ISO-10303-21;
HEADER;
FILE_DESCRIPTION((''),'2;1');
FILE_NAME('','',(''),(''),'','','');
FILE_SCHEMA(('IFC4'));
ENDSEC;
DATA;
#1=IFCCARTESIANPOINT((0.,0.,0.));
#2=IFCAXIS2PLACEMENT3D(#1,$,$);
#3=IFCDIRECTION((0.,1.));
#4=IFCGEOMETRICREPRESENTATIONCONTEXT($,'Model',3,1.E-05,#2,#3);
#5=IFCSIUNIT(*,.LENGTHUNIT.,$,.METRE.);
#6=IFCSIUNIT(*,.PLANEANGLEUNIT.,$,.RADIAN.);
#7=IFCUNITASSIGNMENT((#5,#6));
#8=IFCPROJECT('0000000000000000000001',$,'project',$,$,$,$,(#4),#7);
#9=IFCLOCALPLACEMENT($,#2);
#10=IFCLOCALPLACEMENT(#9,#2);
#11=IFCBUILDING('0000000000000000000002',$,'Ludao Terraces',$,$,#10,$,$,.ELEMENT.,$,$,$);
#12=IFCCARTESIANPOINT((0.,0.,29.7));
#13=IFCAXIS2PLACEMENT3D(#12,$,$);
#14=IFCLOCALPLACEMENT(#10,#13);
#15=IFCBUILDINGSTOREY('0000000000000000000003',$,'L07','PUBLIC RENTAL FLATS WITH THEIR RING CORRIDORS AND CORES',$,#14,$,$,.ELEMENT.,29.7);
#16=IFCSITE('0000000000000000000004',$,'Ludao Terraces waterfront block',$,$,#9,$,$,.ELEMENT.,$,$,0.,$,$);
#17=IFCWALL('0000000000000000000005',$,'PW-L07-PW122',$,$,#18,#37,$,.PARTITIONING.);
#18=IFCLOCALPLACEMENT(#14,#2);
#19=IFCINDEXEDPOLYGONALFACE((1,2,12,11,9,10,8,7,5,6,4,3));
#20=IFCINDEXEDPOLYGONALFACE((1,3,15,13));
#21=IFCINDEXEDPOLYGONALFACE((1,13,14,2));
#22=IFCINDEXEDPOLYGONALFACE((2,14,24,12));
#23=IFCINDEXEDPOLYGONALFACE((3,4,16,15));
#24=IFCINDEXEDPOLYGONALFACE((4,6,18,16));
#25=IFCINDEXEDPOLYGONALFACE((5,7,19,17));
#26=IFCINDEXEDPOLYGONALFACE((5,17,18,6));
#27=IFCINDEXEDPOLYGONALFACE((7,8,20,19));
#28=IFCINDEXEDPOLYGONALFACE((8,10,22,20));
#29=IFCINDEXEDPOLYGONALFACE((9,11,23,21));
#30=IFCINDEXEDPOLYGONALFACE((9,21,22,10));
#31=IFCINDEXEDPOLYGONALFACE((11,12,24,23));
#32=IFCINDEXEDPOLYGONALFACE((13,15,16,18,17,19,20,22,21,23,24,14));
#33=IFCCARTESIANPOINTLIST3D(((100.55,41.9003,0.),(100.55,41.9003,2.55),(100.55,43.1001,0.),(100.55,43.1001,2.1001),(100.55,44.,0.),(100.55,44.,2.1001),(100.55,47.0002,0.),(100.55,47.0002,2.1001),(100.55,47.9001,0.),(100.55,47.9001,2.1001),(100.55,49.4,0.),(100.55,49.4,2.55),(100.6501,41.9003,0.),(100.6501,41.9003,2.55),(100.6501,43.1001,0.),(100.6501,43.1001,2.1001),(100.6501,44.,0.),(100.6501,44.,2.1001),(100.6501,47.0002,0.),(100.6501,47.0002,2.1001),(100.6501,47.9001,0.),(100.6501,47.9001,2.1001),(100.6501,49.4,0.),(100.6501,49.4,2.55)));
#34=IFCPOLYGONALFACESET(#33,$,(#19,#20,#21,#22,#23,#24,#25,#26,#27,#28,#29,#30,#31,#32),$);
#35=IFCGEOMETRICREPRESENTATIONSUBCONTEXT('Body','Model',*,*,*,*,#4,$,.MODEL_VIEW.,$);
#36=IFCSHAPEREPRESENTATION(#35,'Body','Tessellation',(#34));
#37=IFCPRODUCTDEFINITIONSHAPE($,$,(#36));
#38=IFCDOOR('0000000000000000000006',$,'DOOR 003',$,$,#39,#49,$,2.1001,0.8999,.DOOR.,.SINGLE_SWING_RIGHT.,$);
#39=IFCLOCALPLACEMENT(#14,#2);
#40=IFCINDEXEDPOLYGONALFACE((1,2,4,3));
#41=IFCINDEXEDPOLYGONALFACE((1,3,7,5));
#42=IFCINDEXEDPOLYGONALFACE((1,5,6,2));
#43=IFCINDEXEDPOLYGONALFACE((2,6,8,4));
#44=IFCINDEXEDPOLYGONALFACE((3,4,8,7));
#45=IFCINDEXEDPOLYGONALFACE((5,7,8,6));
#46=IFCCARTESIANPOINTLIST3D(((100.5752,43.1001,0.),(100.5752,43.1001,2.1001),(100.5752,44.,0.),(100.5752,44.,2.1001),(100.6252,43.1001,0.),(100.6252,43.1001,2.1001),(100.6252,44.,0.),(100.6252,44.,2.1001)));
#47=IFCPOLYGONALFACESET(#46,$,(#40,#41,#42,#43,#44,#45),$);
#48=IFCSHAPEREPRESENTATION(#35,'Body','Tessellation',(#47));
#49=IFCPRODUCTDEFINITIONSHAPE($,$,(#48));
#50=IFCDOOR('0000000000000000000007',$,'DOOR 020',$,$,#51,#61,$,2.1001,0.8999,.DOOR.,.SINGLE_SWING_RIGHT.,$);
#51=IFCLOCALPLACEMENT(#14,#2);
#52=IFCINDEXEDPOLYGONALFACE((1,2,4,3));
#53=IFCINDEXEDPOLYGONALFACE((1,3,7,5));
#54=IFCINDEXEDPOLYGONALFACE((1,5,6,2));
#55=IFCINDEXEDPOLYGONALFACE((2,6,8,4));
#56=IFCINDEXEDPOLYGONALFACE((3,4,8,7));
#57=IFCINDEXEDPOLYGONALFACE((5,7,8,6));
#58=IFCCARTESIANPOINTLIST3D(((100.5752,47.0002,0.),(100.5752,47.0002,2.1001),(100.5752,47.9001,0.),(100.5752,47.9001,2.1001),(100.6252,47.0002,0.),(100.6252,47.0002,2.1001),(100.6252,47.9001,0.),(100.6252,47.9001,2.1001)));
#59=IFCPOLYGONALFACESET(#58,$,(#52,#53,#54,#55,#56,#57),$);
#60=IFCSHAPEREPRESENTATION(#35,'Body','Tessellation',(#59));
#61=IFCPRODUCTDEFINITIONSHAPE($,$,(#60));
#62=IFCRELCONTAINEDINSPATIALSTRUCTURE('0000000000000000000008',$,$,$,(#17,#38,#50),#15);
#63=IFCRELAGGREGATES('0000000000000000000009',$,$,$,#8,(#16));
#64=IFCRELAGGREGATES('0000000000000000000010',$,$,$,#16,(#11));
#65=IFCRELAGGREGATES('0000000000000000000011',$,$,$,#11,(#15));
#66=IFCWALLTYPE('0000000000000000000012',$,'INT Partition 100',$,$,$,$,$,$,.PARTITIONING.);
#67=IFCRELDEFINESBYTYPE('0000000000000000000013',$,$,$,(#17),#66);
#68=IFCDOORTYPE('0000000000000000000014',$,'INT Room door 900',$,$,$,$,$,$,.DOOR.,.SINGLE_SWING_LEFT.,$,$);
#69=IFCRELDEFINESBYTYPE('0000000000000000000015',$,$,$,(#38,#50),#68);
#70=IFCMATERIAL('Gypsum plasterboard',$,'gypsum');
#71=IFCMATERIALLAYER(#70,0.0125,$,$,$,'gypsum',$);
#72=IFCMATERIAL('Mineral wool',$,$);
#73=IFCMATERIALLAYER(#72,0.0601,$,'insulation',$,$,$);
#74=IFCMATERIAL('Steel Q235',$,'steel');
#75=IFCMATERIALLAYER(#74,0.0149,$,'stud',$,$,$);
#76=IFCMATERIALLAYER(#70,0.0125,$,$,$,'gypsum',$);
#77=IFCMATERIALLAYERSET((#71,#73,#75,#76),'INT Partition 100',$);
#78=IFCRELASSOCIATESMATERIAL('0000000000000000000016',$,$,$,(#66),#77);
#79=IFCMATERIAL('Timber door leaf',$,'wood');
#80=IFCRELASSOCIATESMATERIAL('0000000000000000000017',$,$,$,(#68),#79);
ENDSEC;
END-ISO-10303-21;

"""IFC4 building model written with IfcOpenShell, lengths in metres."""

from ifc_helpers import new_model, si_unit, direction, frame, frame_2d, origin, place, context, subcontext, project, spatial, rectangle, extrude, material, layer, layer_set, type_object, element, fill, save


model = new_model("IFC4")

# Units and contexts
model_context = context("Model", 3, precision=1e-05, world=origin(), true_north=direction((0.0, 1.0)))
body_context = subcontext(model_context, "Body", "Model", "MODEL_VIEW")
ifc_project = project(units=[si_unit("LENGTHUNIT", "METRE"), si_unit("PLANEANGLEUNIT", "RADIAN")], contexts=[model_context])

# Site, building, storey
site_placement = place(None, origin())
site = spatial("IfcSite", under=ifc_project, at=site_placement, Name="Ludao Terraces waterfront block", CompositionType="ELEMENT", RefElevation=0.0)
building_placement = place(site_placement, origin())
building = spatial("IfcBuilding", under=site, at=building_placement, Name="Ludao Terraces", CompositionType="ELEMENT")
storey_placement = place(building_placement, frame((0.0, 0.0, 29.7)))
storey = spatial("IfcBuildingStorey", under=building, at=storey_placement, Name="L07", Description="PUBLIC RENTAL FLATS WITH THEIR RING CORRIDORS AND CORES", CompositionType="ELEMENT", Elevation=29.7)

# Shared definitions
ifc_material_1 = material(Name="Gypsum plasterboard", Category="gypsum")
ifc_layer_1 = layer(ifc_material_1, 0.0125, Category="gypsum")
ifc_material_2 = material(Name="Mineral wool")
ifc_layer_2 = layer(ifc_material_2, 0.0601, Name="insulation")
ifc_material_3 = material(Name="Steel Q235", Category="steel")
ifc_layer_3 = layer(ifc_material_3, 0.0149, Name="stud")
ifc_layer_4 = layer(ifc_material_1, 0.0125, Category="gypsum")
ifc_layer_set = layer_set([ifc_layer_1, ifc_layer_2, ifc_layer_3, ifc_layer_4], Name="INT Partition 100")
wall_type = type_object("IfcWallType", Name="INT Partition 100", PredefinedType="PARTITIONING", material=ifc_layer_set)

# Wall, openings, doors
ifc_material_4 = material(Name="Timber door leaf", Category="wood")
wall_1_placement = place(storey_placement, frame((100.6001, 41.9001, 0.0), z_axis=(0.0, 0.0, 1.0), x_axis=(0.0, 1.0, 0.0)))
wall_1 = element("IfcWall", 1, at=wall_1_placement, inside=storey, type_object=wall_type, Name="PW-L07-PW122", PredefinedType="PARTITIONING", context=body_context, shape_type="SweptSolid", body=[
    extrude(rectangle(XDim=7.4998, YDim=0.1001, at=frame_2d((3.75, 0.0))), origin(), (0.0, 0.0, 1.0), 2.55),
])
opening_1_placement = place(wall_1_placement, frame((1.2, 0.0, 0.0)))
opening_1 = element("IfcOpeningElement", 2, at=opening_1_placement, cuts=wall_1, PredefinedType="OPENING", context=body_context, shape_type="SweptSolid", body=[
    extrude(rectangle(XDim=0.8999, YDim=2.1001, at=frame_2d((0.45, 1.05))), frame((0.0, 0.0601, 0.0), z_axis=(0.0, -1.0, 0.0), x_axis=(1.0, 0.0, 0.0)), (0.0, 0.0, 1.0), 0.1201),
])
opening_2_placement = place(wall_1_placement, frame((5.1001, 0.0, 0.0)))
opening_2 = element("IfcOpeningElement", 3, at=opening_2_placement, cuts=wall_1, PredefinedType="OPENING", context=body_context, shape_type="SweptSolid", body=[
    extrude(rectangle(XDim=0.8999, YDim=2.1001, at=frame_2d((0.45, 1.05))), frame((0.0, 0.0601, 0.0), z_axis=(0.0, -1.0, 0.0), x_axis=(1.0, 0.0, 0.0)), (0.0, 0.0, 1.0), 0.1201),
])
door_type_1 = type_object("IfcDoorType", Name="INT Room door 900", OperationType="SINGLE_SWING_LEFT", PredefinedType="DOOR", material=ifc_material_4)
door_1_placement = place(opening_1_placement, origin())
door_1 = element("IfcDoor", 4, at=door_1_placement, inside=storey, type_object=door_type_1, Name="DOOR 003", OperationType="SINGLE_SWING_RIGHT", OverallHeight=2.1001, OverallWidth=0.8999, PredefinedType="DOOR", context=body_context, shape_type="SweptSolid", body=[
    extrude(rectangle(XDim=0.8999, YDim=2.1001, at=frame_2d((0.45, 1.05))), frame((0.0, 0.0249, 0.0), z_axis=(0.0, -1.0, 0.0), x_axis=(1.0, 0.0, 0.0)), (0.0, 0.0, 1.0), 0.05),
])
fill(opening_1, door_1)
door_2_placement = place(opening_2_placement, origin())
door_2 = element("IfcDoor", 5, at=door_2_placement, inside=storey, type_object=door_type_1, Name="DOOR 020", OperationType="SINGLE_SWING_RIGHT", OverallHeight=2.1001, OverallWidth=0.8999, PredefinedType="DOOR", context=body_context, shape_type="SweptSolid", body=[
    extrude(rectangle(XDim=0.8999, YDim=2.1001, at=frame_2d((0.45, 1.05))), frame((0.0, 0.0249, 0.0), z_axis=(0.0, -1.0, 0.0), x_axis=(1.0, 0.0, 0.0)), (0.0, 0.0, 1.0), 0.05),
])
fill(opening_2, door_2)

save(model, "model.ifc")
